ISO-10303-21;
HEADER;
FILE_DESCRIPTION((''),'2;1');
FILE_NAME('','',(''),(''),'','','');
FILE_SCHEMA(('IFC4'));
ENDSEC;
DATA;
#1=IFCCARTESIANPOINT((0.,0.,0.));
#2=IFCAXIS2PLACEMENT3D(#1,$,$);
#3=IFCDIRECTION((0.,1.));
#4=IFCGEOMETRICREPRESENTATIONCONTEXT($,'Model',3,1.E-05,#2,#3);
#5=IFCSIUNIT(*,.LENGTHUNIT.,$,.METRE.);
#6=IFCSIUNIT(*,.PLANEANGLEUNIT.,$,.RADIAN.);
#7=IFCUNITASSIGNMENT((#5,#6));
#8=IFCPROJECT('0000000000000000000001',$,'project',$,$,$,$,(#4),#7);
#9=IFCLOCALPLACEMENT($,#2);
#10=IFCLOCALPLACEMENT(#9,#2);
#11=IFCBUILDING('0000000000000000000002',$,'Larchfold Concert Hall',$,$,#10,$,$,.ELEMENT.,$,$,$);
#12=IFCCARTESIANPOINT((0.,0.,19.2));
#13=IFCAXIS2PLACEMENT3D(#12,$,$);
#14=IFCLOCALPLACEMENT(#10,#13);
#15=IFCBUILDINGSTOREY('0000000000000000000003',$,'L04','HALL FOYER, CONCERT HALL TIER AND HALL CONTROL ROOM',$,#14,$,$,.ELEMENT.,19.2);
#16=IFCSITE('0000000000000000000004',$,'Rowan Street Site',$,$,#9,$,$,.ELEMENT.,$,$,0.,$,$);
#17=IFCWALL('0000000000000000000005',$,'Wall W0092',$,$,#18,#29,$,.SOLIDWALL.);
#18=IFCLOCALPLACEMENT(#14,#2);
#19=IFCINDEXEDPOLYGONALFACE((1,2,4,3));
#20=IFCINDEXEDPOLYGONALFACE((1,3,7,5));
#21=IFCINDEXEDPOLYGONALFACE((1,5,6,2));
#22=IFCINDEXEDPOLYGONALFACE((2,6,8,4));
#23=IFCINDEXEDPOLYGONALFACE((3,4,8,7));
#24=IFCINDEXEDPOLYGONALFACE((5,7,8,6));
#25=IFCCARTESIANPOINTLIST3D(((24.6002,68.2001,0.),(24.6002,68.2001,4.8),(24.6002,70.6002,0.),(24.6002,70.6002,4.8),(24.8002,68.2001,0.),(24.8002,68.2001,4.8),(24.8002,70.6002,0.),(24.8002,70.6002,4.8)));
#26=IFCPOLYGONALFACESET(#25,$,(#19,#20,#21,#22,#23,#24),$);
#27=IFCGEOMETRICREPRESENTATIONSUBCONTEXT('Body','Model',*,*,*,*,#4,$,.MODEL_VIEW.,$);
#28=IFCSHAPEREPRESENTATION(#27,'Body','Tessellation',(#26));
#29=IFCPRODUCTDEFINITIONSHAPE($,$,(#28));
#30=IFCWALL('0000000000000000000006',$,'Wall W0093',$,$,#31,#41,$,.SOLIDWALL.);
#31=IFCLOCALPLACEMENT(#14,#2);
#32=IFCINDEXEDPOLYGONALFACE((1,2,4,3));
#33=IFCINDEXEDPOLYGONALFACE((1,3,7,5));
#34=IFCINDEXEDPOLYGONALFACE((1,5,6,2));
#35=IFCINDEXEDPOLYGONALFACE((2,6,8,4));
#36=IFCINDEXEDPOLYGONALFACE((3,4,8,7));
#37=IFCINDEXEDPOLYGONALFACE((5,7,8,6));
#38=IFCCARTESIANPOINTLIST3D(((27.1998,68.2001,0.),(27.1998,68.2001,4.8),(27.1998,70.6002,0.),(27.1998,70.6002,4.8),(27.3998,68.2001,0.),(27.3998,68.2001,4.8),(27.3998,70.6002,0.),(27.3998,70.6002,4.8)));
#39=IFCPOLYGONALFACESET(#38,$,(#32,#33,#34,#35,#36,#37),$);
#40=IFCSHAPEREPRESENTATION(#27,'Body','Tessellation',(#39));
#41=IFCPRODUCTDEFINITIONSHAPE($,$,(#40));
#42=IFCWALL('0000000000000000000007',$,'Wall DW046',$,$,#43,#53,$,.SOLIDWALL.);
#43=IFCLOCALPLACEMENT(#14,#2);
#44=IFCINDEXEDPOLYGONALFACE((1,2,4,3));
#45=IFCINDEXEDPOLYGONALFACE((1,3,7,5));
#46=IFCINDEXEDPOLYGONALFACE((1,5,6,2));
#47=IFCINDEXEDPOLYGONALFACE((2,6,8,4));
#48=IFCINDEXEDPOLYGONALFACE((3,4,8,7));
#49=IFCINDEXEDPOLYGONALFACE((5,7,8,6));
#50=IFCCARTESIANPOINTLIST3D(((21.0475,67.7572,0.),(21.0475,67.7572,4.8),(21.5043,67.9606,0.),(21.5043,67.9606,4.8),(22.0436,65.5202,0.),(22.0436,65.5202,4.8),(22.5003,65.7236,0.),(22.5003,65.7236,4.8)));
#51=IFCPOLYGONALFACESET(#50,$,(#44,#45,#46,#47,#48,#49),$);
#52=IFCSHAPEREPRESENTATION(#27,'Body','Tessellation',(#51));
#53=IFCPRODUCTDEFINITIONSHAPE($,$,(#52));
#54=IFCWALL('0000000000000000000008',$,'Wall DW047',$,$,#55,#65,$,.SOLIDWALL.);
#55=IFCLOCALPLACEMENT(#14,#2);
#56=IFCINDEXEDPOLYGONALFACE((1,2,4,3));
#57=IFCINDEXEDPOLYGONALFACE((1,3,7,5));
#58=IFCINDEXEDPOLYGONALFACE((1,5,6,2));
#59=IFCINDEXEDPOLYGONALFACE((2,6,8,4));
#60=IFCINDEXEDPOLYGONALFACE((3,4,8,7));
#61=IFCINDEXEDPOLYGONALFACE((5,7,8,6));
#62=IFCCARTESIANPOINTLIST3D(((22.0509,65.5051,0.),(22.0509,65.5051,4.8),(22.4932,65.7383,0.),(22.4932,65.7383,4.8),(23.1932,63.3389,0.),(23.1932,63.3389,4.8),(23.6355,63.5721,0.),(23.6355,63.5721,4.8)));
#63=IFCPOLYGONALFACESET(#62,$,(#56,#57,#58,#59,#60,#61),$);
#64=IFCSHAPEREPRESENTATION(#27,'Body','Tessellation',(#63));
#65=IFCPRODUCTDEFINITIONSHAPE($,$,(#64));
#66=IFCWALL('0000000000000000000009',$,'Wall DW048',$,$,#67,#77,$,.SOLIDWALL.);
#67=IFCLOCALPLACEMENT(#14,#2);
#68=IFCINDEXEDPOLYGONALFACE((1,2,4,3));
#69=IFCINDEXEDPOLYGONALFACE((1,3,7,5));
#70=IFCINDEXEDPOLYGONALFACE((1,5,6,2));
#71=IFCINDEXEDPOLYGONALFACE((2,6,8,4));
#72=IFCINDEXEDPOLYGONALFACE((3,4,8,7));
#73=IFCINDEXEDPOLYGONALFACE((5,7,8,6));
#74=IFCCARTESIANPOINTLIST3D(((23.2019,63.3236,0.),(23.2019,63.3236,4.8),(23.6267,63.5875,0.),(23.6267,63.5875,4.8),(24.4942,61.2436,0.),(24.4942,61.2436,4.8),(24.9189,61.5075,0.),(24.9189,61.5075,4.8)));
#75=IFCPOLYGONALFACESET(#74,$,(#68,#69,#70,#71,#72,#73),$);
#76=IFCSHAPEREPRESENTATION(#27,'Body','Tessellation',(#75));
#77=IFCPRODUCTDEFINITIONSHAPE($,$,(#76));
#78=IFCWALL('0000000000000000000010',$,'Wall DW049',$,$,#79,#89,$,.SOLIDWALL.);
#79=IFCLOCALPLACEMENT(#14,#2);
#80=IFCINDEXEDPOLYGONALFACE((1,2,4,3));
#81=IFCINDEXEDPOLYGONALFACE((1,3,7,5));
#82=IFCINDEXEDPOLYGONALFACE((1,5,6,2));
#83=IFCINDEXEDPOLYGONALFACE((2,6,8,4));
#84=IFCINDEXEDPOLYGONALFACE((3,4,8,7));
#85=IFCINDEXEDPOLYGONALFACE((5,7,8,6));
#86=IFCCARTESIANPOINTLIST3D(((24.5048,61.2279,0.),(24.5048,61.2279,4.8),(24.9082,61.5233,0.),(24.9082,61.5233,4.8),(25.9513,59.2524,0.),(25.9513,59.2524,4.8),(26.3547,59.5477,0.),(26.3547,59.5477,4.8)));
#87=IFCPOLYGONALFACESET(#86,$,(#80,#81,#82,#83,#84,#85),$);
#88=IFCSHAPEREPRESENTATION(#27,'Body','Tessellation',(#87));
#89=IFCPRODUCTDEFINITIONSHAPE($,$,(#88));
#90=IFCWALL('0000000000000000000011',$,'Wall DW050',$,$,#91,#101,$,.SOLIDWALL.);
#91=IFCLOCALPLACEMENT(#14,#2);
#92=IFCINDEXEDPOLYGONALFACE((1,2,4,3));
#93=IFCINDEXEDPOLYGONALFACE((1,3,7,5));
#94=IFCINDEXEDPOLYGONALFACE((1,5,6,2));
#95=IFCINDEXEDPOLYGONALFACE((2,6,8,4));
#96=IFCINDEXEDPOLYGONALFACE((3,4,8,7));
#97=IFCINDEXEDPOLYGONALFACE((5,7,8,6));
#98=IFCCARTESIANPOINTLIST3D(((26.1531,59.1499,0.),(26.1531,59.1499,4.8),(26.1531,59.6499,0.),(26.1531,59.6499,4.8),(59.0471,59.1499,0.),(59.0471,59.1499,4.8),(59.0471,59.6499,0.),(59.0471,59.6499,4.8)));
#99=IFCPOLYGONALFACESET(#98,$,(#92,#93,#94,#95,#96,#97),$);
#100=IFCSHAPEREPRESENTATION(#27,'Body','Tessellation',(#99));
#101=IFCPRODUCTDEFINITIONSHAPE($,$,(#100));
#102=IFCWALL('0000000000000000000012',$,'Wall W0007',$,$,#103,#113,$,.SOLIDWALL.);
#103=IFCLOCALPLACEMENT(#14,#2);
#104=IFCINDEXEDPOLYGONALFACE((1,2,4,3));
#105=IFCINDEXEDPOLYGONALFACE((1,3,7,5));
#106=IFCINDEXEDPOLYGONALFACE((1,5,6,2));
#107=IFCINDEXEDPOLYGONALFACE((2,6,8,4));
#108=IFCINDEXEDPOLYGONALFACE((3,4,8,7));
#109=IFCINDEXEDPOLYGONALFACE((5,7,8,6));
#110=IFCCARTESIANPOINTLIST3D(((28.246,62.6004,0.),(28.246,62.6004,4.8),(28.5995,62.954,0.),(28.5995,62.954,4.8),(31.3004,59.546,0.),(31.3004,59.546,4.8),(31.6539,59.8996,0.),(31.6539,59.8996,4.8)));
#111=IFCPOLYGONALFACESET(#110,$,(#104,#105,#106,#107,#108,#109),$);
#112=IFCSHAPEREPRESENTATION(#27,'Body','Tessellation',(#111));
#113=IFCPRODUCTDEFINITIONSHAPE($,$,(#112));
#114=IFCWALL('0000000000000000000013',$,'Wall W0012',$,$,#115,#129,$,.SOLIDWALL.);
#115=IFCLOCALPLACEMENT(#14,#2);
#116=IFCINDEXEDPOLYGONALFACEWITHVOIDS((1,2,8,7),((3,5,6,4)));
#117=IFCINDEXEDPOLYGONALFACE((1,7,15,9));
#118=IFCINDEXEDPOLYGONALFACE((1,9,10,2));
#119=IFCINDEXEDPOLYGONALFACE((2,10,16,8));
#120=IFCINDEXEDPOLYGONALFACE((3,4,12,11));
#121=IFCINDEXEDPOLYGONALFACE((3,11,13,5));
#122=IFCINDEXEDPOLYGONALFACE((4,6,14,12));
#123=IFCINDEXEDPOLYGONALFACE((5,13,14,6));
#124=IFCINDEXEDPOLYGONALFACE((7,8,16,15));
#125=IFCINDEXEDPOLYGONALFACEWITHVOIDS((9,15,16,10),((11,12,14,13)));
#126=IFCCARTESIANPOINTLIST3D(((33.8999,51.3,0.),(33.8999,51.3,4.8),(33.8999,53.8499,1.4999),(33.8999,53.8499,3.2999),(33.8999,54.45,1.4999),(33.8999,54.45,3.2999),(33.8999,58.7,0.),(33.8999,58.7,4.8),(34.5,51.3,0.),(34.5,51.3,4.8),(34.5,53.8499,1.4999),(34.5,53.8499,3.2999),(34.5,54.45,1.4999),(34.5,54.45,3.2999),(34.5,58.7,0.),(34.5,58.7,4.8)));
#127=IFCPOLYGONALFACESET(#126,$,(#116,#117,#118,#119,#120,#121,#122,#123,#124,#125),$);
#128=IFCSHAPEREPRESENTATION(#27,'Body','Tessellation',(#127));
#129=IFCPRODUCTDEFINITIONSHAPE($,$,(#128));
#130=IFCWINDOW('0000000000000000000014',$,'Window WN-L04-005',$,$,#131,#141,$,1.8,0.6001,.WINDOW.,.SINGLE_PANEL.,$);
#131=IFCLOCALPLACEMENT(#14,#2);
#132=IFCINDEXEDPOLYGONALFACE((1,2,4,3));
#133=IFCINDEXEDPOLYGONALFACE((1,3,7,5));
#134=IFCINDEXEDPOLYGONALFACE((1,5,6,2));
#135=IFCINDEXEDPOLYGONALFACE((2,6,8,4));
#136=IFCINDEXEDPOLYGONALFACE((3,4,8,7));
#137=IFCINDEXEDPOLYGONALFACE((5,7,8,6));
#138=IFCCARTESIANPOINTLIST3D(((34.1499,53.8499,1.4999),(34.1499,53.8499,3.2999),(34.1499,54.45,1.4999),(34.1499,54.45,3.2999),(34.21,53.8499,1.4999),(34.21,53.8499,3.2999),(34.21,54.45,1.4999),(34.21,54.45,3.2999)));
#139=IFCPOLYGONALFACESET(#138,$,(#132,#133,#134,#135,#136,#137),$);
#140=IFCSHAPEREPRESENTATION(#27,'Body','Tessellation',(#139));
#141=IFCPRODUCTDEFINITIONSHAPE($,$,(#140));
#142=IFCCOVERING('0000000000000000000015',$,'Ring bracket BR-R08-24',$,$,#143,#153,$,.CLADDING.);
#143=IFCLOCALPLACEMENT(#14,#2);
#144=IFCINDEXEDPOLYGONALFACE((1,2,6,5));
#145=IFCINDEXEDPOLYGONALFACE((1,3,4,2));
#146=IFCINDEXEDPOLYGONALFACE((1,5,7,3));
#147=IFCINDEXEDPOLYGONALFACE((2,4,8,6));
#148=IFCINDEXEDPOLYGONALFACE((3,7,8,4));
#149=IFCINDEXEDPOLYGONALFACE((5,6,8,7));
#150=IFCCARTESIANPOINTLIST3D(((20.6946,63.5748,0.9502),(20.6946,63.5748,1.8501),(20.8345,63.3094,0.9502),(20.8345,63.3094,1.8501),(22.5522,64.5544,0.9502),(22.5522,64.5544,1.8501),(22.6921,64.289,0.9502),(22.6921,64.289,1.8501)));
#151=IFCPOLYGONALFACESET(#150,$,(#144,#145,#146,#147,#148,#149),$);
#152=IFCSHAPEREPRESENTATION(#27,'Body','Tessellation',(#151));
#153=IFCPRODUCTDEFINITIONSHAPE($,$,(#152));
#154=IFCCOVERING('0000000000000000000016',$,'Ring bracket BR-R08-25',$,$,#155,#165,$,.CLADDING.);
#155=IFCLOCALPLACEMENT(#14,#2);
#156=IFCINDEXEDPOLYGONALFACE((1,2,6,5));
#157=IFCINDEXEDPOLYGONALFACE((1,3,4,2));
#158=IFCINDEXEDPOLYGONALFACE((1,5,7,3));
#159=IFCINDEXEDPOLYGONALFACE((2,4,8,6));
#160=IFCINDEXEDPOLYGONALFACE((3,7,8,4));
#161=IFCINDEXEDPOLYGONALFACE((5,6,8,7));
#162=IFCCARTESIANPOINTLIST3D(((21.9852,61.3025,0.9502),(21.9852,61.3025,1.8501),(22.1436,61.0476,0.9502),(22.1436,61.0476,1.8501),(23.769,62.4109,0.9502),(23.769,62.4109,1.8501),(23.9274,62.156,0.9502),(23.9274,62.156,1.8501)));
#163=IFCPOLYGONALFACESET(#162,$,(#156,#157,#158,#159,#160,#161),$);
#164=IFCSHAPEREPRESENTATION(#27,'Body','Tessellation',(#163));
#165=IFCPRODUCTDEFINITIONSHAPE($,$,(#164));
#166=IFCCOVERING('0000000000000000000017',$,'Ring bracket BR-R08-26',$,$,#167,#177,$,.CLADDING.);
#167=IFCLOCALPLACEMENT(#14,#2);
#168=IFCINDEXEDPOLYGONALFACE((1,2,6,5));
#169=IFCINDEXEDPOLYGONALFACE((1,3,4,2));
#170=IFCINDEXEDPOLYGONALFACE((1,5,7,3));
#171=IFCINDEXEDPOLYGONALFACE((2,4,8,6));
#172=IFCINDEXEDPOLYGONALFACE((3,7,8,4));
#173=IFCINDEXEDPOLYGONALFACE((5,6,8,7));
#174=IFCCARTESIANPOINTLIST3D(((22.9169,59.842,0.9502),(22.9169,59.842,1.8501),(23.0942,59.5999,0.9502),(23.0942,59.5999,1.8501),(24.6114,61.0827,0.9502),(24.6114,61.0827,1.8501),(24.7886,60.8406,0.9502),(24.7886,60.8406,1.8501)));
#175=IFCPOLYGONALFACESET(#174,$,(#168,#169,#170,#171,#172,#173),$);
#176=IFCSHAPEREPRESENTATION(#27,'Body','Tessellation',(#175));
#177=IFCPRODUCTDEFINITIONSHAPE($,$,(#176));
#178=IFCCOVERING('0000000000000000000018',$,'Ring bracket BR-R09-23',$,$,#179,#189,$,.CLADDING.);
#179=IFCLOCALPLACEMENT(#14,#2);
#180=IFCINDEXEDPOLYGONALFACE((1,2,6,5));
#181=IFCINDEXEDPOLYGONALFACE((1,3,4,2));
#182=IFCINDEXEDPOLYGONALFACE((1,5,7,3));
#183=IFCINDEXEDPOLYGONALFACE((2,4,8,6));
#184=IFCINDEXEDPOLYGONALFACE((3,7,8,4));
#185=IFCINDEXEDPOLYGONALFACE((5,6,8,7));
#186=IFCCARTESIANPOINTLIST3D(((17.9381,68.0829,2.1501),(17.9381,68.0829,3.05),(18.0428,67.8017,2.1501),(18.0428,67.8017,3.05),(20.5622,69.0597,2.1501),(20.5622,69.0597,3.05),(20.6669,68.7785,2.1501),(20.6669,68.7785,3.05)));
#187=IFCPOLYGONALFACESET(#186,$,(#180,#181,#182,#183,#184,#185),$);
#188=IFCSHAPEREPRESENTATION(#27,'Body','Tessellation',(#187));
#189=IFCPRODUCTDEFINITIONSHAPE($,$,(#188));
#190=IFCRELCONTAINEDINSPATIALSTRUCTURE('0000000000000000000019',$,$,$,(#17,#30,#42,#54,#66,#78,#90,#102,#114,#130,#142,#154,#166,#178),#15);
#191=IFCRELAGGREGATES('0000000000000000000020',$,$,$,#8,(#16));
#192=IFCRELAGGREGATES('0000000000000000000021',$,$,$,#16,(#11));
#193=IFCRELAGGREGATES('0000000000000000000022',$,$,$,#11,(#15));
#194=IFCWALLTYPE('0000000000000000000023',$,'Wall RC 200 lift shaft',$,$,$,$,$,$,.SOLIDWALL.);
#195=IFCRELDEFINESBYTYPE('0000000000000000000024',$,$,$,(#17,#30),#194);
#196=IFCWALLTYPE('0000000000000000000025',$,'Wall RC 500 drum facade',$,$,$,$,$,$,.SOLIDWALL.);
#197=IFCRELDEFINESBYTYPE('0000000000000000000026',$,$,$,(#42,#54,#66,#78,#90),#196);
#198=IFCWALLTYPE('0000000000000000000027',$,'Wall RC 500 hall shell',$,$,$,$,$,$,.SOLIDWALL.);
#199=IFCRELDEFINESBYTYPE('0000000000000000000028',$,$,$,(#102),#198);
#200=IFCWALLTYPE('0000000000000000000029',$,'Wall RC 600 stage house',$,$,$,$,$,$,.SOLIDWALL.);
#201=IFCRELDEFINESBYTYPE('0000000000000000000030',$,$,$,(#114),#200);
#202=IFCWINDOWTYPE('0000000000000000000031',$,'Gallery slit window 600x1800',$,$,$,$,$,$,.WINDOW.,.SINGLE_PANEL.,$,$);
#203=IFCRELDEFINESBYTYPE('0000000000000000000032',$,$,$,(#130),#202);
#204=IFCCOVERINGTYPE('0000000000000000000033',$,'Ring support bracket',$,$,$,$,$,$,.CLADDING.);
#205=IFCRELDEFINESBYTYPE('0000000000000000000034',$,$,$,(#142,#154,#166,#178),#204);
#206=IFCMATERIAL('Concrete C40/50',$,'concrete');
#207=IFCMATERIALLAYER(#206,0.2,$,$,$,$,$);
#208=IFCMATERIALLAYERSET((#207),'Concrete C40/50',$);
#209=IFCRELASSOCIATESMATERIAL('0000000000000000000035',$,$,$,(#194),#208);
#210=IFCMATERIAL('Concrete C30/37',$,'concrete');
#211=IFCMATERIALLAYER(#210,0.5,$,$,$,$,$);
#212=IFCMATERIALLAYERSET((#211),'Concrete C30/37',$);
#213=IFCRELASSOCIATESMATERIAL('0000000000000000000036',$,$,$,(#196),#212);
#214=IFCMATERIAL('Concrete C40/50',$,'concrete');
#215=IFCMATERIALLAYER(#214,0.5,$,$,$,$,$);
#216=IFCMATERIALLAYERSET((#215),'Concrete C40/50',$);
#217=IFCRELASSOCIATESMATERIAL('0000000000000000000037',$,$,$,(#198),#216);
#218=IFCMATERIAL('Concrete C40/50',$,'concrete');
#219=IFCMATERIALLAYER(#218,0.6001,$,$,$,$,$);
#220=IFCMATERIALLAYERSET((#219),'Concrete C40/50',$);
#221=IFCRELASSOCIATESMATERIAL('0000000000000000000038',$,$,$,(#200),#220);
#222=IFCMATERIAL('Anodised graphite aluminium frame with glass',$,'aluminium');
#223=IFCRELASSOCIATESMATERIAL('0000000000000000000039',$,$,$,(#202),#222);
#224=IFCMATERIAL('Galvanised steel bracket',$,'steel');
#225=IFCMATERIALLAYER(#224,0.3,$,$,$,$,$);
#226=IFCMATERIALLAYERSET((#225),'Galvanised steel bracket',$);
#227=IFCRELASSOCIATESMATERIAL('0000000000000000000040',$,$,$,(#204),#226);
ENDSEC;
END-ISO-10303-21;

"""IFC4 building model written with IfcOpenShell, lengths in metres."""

from ifc_helpers import new_model, si_unit, direction, frame, frame_2d, origin, origin_2d, place, context, subcontext, project, spatial, rectangle, extrude, material, layer, layer_set, type_object, element, fill, save


model = new_model("IFC4")

# Units and contexts
model_context = context("Model", 3, precision=1e-05, world=origin(), true_north=direction((0.0, 1.0)))
body_context = subcontext(model_context, "Body", "Model", "MODEL_VIEW")
ifc_project = project(units=[si_unit("LENGTHUNIT", "METRE"), si_unit("PLANEANGLEUNIT", "RADIAN")], contexts=[model_context])

# Site, building, storey
site_placement = place(None, origin())
site = spatial("IfcSite", under=ifc_project, at=site_placement, Name="Rowan Street Site", CompositionType="ELEMENT", RefElevation=0.0)
building_placement = place(site_placement, origin())
building = spatial("IfcBuilding", under=site, at=building_placement, Name="Larchfold Concert Hall", CompositionType="ELEMENT")
storey_placement = place(building_placement, frame((0.0, 0.0, 19.2)))
storey = spatial("IfcBuildingStorey", under=building, at=storey_placement, Name="L04", Description="HALL FOYER, CONCERT HALL TIER AND HALL CONTROL ROOM", CompositionType="ELEMENT", Elevation=19.2)

# Walls
ifc_material_1 = material(Name="Concrete C40/50", Category="concrete")
ifc_layer_1 = layer(ifc_material_1, 0.2)
ifc_layer_set_1 = layer_set([ifc_layer_1], Name="Concrete C40/50")
wall_type_1 = type_object("IfcWallType", Name="Wall RC 200 lift shaft", PredefinedType="SOLIDWALL", material=ifc_layer_set_1)
for number, where, z_axis, x_axis, name in (
    (1, (24.7002, 68.2, 0.0), (0.0, 0.0, 1.0), (0.0, 1.0, 0.0), "Wall W0092"),
    (2, (27.2998, 68.2, 0.0), (0.0, 0.0, 1.0), (0.0, 1.0, 0.0), "Wall W0093"),
):
    element("IfcWall", number, at=place(storey_placement, frame(where, z_axis=z_axis, x_axis=x_axis)), inside=storey, type_object=wall_type_1, Name=name, PredefinedType="SOLIDWALL", context=body_context, shape_type="SweptSolid", body=[
        extrude(rectangle(XDim=2.4001, YDim=0.2, at=frame_2d((1.2002, 0.0))), origin(), (0.0, 0.0, 1.0), 4.8),
    ])
ifc_material_2 = material(Name="Concrete C30/37", Category="concrete")
ifc_layer_2 = layer(ifc_material_2, 0.5)
ifc_layer_set_2 = layer_set([ifc_layer_2], Name="Concrete C30/37")
wall_type_2 = type_object("IfcWallType", Name="Wall RC 500 drum facade", PredefinedType="SOLIDWALL", material=ifc_layer_set_2)
wall_1_placement = place(storey_placement, frame((21.2759, 67.8589, 0.0), z_axis=(0.0, 0.0, 1.0), x_axis=(0.406767, -0.913532, 0.0)))
element("IfcWall", 3, at=wall_1_placement, inside=storey, type_object=wall_type_2, Name="Wall DW046", PredefinedType="SOLIDWALL", context=body_context, shape_type="SweptSolid", body=[
    extrude(rectangle(XDim=2.4487, YDim=0.5, at=frame_2d((1.2244, 0.0))), origin(), (0.0, 0.0, 1.0), 4.8),
])
wall_2_placement = place(storey_placement, frame((22.272, 65.6218, 0.0), z_axis=(0.0, 0.0, 1.0), x_axis=(0.466449, -0.884548, 0.0)))
element("IfcWall", 4, at=wall_2_placement, inside=storey, type_object=wall_type_2, Name="Wall DW047", PredefinedType="SOLIDWALL", context=body_context, shape_type="SweptSolid", body=[
    extrude(rectangle(XDim=2.449, YDim=0.5, at=frame_2d((1.2246, 0.0))), origin(), (0.0, 0.0, 1.0), 4.8),
])
wall_3_placement = place(storey_placement, frame((23.4143, 63.4556, 0.0), z_axis=(0.0, 0.0, 1.0), x_axis=(0.527703, -0.849429, 0.0)))
element("IfcWall", 5, at=wall_3_placement, inside=storey, type_object=wall_type_2, Name="Wall DW048", PredefinedType="SOLIDWALL", context=body_context, shape_type="SweptSolid", body=[
    extrude(rectangle(XDim=2.4487, YDim=0.5, at=frame_2d((1.2244, 0.0))), origin(), (0.0, 0.0, 1.0), 4.8),
])
wall_4_placement = place(storey_placement, frame((24.7065, 61.3755, 0.0), z_axis=(0.0, 0.0, 1.0), x_axis=(0.590771, -0.806839, 0.0)))
element("IfcWall", 6, at=wall_4_placement, inside=storey, type_object=wall_type_2, Name="Wall DW049", PredefinedType="SOLIDWALL", context=body_context, shape_type="SweptSolid", body=[
    extrude(rectangle(XDim=2.4485, YDim=0.5, at=frame_2d((1.2241, 0.0))), origin(), (0.0, 0.0, 1.0), 4.8),
])
wall_5_placement = place(storey_placement, frame((26.1531, 59.3999, 0.0), z_axis=(0.0, 0.0, 1.0), x_axis=(1.0, 0.0, 0.0)))
element("IfcWall", 7, at=wall_5_placement, inside=storey, type_object=wall_type_2, Name="Wall DW050", PredefinedType="SOLIDWALL", context=body_context, shape_type="SweptSolid", body=[
    extrude(rectangle(XDim=32.894, YDim=0.5, at=frame_2d((16.447, 0.0))), origin(), (0.0, 0.0, 1.0), 4.8),
])
ifc_material_3 = material(Name="Concrete C40/50", Category="concrete")
ifc_layer_3 = layer(ifc_material_3, 0.5)
ifc_layer_set_3 = layer_set([ifc_layer_3], Name="Concrete C40/50")
wall_type_3 = type_object("IfcWallType", Name="Wall RC 500 hall shell", PredefinedType="SOLIDWALL", material=ifc_layer_set_3)
wall_6_placement = place(storey_placement, frame((28.4229, 62.7771, 0.0), z_axis=(0.0, 0.0, 1.0), x_axis=(0.707107, -0.707107, 0.0)))
element("IfcWall", 8, at=wall_6_placement, inside=storey, type_object=wall_type_3, Name="Wall W0007", PredefinedType="SOLIDWALL", context=body_context, shape_type="SweptSolid", body=[
    extrude(rectangle(XDim=4.3196, YDim=0.5, at=frame_2d((2.1597, 0.0))), origin(), (0.0, 0.0, 1.0), 4.8),
])

# Wall, opening, window
ifc_material_4 = material(Name="Concrete C40/50", Category="concrete")
ifc_layer_4 = layer(ifc_material_4, 0.6001)
ifc_layer_set_4 = layer_set([ifc_layer_4], Name="Concrete C40/50")
wall_type_4 = type_object("IfcWallType", Name="Wall RC 600 stage house", PredefinedType="SOLIDWALL", material=ifc_layer_set_4)
wall_7_placement = place(storey_placement, frame((34.2, 58.7, 0.0), z_axis=(0.0, 0.0, 1.0), x_axis=(0.0, -1.0, 0.0)))
wall_7 = element("IfcWall", 9, at=wall_7_placement, inside=storey, type_object=wall_type_4, Name="Wall W0012", PredefinedType="SOLIDWALL", context=body_context, shape_type="SweptSolid", body=[
    extrude(rectangle(XDim=7.3999, YDim=0.6001, at=frame_2d((3.7, 0.0))), origin(), (0.0, 0.0, 1.0), 4.8),
])
opening_placement = place(wall_7_placement, frame((4.25, 0.0, 1.5)))
opening = element("IfcOpeningElement", 10, at=opening_placement, cuts=wall_7, PredefinedType="OPENING", context=body_context, shape_type="SweptSolid", body=[
    extrude(rectangle(XDim=0.6001, YDim=1.8, at=frame_2d((0.3, 0.8999))), frame((0.0, 0.3101, 0.0), z_axis=(0.0, -1.0, 0.0), x_axis=(1.0, 0.0, 0.0)), (0.0, 0.0, 1.0), 0.6201),
])
ifc_material_5 = material(Name="Anodised graphite aluminium frame with glass", Category="aluminium")
window_type = type_object("IfcWindowType", Name="Gallery slit window 600x1800", PartitioningType="SINGLE_PANEL", PredefinedType="WINDOW", material=ifc_material_5)
window_placement = place(opening_placement, origin())
window = element("IfcWindow", 11, at=window_placement, inside=storey, type_object=window_type, Name="Window WN-L04-005", OverallHeight=1.8, OverallWidth=0.6001, PartitioningType="SINGLE_PANEL", PredefinedType="WINDOW", context=body_context, shape_type="SweptSolid", body=[
    extrude(rectangle(XDim=0.6001, YDim=1.8, at=frame_2d((0.3, 0.8999))), frame((0.0, 0.01, 0.0), z_axis=(0.0, -1.0, 0.0), x_axis=(1.0, 0.0, 0.0)), (0.0, 0.0, 1.0), 0.0601),
])
fill(opening, window)

# Coverings
ifc_material_6 = material(Name="Galvanised steel bracket", Category="steel")
ifc_layer_5 = layer(ifc_material_6, 0.3)
ifc_layer_set_5 = layer_set([ifc_layer_5], Name="Galvanised steel bracket")
covering_type = type_object("IfcCoveringType", Name="Ring support bracket", PredefinedType="CLADDING", material=ifc_layer_set_5)
for number, where, z_axis, x_axis, name in (
    (12, (21.6934, 63.9319, 0.9502), (0.0, 0.0, 1.0), (-0.884536, -0.466473, 0.0), "Ring bracket BR-R08-24"),
    (13, (22.9563, 61.7292, 0.9502), (0.0, 0.0, 1.0), (-0.849391, -0.527764, 0.0), "Ring bracket BR-R08-25"),
    (14, (23.8528, 60.3413, 0.9502), (0.0, 0.0, 1.0), (-0.806849, -0.590758, 0.0), "Ring bracket BR-R08-26"),
):
    element("IfcCovering", number, at=place(storey_placement, frame(where, z_axis=z_axis, x_axis=x_axis)), inside=storey, type_object=covering_type, Name=name, PredefinedType="CLADDING", context=body_context, shape_type="SweptSolid", body=[
        extrude(rectangle(XDim=2.1001, YDim=0.3, at=origin_2d()), origin(), (0.0, 0.0, 1.0), 0.8999),
    ])
for number, where, z_axis, x_axis, name in (
    (15, (19.3025, 68.4307, 2.1501), (0.0, 0.0, 1.0), (-0.937177, -0.348853, 0.0), "Ring bracket BR-R09-23"),
):
    element("IfcCovering", number, at=place(storey_placement, frame(where, z_axis=z_axis, x_axis=x_axis)), inside=storey, type_object=covering_type, Name=name, PredefinedType="CLADDING", context=body_context, shape_type="SweptSolid", body=[
        extrude(rectangle(XDim=2.8, YDim=0.3, at=origin_2d()), origin(), (0.0, 0.0, 1.0), 0.8999),
    ])

save(model, "model.ifc")
